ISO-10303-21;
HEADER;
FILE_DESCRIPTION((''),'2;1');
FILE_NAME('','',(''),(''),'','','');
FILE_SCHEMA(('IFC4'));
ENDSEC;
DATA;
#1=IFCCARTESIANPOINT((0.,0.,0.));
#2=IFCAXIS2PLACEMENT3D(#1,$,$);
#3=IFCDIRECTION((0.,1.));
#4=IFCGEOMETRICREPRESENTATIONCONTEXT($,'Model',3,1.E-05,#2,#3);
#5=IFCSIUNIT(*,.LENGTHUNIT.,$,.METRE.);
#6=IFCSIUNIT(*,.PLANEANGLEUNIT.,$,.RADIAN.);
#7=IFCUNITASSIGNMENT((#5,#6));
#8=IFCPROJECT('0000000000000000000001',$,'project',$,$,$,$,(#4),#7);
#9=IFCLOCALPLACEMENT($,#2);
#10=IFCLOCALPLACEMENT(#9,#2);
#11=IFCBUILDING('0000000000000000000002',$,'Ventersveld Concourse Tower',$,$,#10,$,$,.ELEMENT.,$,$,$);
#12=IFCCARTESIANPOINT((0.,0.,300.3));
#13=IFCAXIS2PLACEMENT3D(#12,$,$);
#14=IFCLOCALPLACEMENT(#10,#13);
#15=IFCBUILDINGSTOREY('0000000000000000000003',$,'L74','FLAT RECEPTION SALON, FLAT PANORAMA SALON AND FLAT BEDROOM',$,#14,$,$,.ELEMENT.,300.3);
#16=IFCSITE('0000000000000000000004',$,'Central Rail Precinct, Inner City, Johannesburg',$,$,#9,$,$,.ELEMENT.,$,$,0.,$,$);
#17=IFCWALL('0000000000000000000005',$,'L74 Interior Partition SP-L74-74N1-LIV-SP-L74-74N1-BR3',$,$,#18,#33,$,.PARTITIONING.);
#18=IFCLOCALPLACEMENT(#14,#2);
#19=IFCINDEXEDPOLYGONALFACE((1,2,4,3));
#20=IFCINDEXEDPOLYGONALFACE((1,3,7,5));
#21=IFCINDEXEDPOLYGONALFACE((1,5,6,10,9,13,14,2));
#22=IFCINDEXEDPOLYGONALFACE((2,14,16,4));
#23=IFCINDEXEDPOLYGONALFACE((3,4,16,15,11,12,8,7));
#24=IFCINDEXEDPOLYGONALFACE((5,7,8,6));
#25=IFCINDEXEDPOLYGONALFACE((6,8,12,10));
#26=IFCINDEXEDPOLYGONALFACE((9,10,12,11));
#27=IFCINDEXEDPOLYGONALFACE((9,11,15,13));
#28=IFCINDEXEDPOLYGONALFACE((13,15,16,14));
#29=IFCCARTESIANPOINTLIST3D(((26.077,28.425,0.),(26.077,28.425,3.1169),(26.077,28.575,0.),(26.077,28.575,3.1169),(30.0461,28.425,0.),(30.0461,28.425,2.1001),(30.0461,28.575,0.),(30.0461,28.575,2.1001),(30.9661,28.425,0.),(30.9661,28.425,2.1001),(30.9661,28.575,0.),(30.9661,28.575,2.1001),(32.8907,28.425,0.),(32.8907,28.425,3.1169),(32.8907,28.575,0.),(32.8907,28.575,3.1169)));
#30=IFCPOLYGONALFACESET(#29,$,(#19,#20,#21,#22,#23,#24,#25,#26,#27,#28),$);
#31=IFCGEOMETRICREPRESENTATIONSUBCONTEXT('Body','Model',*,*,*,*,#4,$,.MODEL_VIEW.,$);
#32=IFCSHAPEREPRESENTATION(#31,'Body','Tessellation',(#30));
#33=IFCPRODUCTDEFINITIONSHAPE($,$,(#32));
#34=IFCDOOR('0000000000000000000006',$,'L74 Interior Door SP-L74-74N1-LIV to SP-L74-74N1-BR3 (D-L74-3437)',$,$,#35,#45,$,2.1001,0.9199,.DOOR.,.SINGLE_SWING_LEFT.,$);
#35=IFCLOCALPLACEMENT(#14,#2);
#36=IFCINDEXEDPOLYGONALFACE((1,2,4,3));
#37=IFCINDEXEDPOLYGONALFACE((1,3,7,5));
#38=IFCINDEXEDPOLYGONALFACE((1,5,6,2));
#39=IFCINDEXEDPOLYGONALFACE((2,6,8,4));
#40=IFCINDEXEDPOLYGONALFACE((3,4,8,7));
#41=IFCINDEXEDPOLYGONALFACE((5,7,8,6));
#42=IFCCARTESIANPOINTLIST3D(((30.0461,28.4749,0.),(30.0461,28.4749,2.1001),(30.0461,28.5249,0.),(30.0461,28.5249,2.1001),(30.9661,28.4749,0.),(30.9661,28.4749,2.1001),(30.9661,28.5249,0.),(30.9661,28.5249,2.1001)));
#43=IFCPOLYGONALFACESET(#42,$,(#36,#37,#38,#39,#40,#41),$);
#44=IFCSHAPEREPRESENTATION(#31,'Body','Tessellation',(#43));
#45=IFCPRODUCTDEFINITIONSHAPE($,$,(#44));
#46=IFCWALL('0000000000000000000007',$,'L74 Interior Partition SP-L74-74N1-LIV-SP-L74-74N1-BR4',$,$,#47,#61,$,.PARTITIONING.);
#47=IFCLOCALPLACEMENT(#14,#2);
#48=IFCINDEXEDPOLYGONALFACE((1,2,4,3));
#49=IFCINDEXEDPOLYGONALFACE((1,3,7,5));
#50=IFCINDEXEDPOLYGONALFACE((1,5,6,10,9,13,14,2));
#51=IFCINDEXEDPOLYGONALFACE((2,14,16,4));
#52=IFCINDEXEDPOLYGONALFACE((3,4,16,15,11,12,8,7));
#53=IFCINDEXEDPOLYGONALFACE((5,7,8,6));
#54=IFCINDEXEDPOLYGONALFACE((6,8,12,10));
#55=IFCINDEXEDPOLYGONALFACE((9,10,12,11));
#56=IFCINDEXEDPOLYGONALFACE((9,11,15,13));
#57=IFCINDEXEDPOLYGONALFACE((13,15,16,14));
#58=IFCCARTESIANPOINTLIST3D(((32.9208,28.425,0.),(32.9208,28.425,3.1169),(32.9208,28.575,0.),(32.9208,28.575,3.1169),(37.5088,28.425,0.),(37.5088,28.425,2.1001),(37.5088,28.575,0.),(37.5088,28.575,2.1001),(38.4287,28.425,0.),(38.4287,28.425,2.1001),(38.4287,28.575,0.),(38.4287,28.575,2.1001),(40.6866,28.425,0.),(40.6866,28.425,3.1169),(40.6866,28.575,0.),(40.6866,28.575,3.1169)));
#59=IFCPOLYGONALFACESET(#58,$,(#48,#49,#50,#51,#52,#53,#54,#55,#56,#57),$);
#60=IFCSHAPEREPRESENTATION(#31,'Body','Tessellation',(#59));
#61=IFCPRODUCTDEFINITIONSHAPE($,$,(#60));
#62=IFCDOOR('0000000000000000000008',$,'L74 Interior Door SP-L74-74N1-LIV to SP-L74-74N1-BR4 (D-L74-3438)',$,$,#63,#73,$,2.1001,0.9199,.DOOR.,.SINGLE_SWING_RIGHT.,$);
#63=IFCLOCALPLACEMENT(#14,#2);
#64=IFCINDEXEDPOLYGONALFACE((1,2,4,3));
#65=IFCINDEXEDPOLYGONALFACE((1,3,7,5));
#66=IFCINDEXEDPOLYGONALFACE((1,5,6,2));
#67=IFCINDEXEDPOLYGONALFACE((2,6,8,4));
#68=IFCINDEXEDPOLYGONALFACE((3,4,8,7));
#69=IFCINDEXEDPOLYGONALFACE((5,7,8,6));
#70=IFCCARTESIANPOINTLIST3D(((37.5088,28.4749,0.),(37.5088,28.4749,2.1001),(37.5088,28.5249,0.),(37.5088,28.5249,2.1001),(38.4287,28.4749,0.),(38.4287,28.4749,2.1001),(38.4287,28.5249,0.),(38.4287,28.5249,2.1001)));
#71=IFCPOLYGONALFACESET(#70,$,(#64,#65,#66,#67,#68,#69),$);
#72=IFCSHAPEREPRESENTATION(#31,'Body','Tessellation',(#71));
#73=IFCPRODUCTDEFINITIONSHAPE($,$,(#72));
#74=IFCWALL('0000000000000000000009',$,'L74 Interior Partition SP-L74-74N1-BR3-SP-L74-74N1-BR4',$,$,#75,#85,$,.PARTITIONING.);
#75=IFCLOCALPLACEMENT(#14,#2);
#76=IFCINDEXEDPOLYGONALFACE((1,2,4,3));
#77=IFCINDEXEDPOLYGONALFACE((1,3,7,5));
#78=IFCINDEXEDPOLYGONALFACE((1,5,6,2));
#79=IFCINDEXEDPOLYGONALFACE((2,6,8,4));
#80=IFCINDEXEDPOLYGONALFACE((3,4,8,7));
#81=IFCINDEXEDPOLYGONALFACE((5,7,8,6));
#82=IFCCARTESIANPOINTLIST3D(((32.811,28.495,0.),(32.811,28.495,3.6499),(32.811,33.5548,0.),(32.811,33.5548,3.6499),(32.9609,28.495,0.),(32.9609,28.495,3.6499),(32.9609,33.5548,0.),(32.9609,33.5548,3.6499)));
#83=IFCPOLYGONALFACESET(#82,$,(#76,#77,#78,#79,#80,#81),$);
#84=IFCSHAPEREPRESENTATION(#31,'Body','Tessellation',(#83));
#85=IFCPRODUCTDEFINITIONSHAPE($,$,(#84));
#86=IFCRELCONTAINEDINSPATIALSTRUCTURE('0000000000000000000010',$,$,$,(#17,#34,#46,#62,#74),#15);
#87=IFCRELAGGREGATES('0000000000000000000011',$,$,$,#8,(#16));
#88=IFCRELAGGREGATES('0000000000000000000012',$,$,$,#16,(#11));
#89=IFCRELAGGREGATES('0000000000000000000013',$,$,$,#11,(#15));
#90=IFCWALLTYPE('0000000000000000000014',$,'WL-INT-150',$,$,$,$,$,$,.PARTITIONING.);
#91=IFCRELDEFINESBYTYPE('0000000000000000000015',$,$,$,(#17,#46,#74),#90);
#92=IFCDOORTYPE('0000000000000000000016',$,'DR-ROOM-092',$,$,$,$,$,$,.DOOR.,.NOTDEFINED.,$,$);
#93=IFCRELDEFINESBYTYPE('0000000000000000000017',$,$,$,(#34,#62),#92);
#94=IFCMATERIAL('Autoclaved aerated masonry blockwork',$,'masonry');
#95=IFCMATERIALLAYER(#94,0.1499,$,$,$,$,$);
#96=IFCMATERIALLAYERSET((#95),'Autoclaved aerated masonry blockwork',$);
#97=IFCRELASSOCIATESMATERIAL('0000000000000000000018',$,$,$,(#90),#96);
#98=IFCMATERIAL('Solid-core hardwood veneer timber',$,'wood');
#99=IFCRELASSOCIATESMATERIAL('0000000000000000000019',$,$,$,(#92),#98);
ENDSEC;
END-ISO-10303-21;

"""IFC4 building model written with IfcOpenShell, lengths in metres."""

from ifc_helpers import new_model, si_unit, direction, frame, frame_2d, origin, place, context, subcontext, project, spatial, rectangle, extrude, material, layer, layer_set, type_object, element, fill, save


model = new_model("IFC4")

# Units and contexts
model_context = context("Model", 3, precision=1e-05, world=origin(), true_north=direction((0.0, 1.0)))
body_context = subcontext(model_context, "Body", "Model", "MODEL_VIEW")
ifc_project = project(units=[si_unit("LENGTHUNIT", "METRE"), si_unit("PLANEANGLEUNIT", "RADIAN")], contexts=[model_context])

# Site, building, storey
site_placement = place(None, origin())
site = spatial("IfcSite", under=ifc_project, at=site_placement, Name="Central Rail Precinct, Inner City, Johannesburg", CompositionType="ELEMENT", RefElevation=0.0)
building_placement = place(site_placement, origin())
building = spatial("IfcBuilding", under=site, at=building_placement, Name="Ventersveld Concourse Tower", CompositionType="ELEMENT")
storey_placement = place(building_placement, frame((0.0, 0.0, 300.3)))
storey = spatial("IfcBuildingStorey", under=building, at=storey_placement, Name="L74", Description="FLAT RECEPTION SALON, FLAT PANORAMA SALON AND FLAT BEDROOM", CompositionType="ELEMENT", Elevation=300.3)

# Shared definitions
ifc_material_1 = material(Name="Solid-core hardwood veneer timber", Category="wood")

# Shared definitions
ifc_material_2 = material(Name="Autoclaved aerated masonry blockwork", Category="masonry")
ifc_layer_1 = layer(ifc_material_2, 0.1499)
ifc_layer_set_1 = layer_set([ifc_layer_1], Name="Autoclaved aerated masonry blockwork")
wall_type_1 = type_object("IfcWallType", Name="WL-INT-150", PredefinedType="PARTITIONING", material=ifc_layer_set_1)

# Shared definitions
door_type_1 = type_object("IfcDoorType", Name="DR-ROOM-092", OperationType="NOTDEFINED", PredefinedType="DOOR", material=ifc_material_1)

# Walls, openings, doors
wall_1_placement = place(storey_placement, frame((26.0771, 28.5, 0.0), z_axis=(0.0, 0.0, 1.0), x_axis=(1.0, 0.0, 0.0)))
wall_1 = element("IfcWall", 1, at=wall_1_placement, inside=storey, type_object=wall_type_1, Name="L74 Interior Partition SP-L74-74N1-LIV-SP-L74-74N1-BR3", PredefinedType="PARTITIONING", context=body_context, shape_type="SweptSolid", body=[
    extrude(rectangle(XDim=6.8137, YDim=0.1499, at=frame_2d((3.4067, 0.0))), origin(), (0.0, 0.0, 1.0), 3.1169),
])
opening_1_placement = place(wall_1_placement, frame((3.969, 0.0, 0.0)))
opening_1 = element("IfcOpeningElement", 2, at=opening_1_placement, cuts=wall_1, PredefinedType="OPENING", context=body_context, shape_type="SweptSolid", body=[
    extrude(rectangle(XDim=0.9199, YDim=2.1001, at=frame_2d((0.46, 1.05))), frame((0.0, 0.085, 0.0), z_axis=(0.0, -1.0, 0.0), x_axis=(1.0, 0.0, 0.0)), (0.0, 0.0, 1.0), 0.1699),
])
door_1_placement = place(opening_1_placement, origin())
door_1 = element("IfcDoor", 3, at=door_1_placement, inside=storey, type_object=door_type_1, Name="L74 Interior Door SP-L74-74N1-LIV to SP-L74-74N1-BR3 (D-L74-3437)", OperationType="SINGLE_SWING_LEFT", OverallHeight=2.1001, OverallWidth=0.9199, PredefinedType="DOOR", context=body_context, shape_type="SweptSolid", body=[
    extrude(rectangle(XDim=0.9199, YDim=2.1001, at=frame_2d((0.46, 1.05))), frame((0.0, 0.0249, 0.0), z_axis=(0.0, -1.0, 0.0), x_axis=(1.0, 0.0, 0.0)), (0.0, 0.0, 1.0), 0.05),
])
fill(opening_1, door_1)
wall_2_placement = place(storey_placement, frame((32.9209, 28.5, 0.0), z_axis=(0.0, 0.0, 1.0), x_axis=(1.0, 0.0, 0.0)))
wall_2 = element("IfcWall", 4, at=wall_2_placement, inside=storey, type_object=wall_type_1, Name="L74 Interior Partition SP-L74-74N1-LIV-SP-L74-74N1-BR4", PredefinedType="PARTITIONING", context=body_context, shape_type="SweptSolid", body=[
    extrude(rectangle(XDim=7.7659, YDim=0.1499, at=frame_2d((3.8828, 0.0))), origin(), (0.0, 0.0, 1.0), 3.1169),
])
opening_2_placement = place(wall_2_placement, frame((4.5879, 0.0, 0.0)))
opening_2 = element("IfcOpeningElement", 5, at=opening_2_placement, cuts=wall_2, PredefinedType="OPENING", context=body_context, shape_type="SweptSolid", body=[
    extrude(rectangle(XDim=0.9199, YDim=2.1001, at=frame_2d((0.46, 1.05))), frame((0.0, 0.085, 0.0), z_axis=(0.0, -1.0, 0.0), x_axis=(1.0, 0.0, 0.0)), (0.0, 0.0, 1.0), 0.1699),
])
door_2_placement = place(opening_2_placement, origin())
door_2 = element("IfcDoor", 6, at=door_2_placement, inside=storey, type_object=door_type_1, Name="L74 Interior Door SP-L74-74N1-LIV to SP-L74-74N1-BR4 (D-L74-3438)", OperationType="SINGLE_SWING_RIGHT", OverallHeight=2.1001, OverallWidth=0.9199, PredefinedType="DOOR", context=body_context, shape_type="SweptSolid", body=[
    extrude(rectangle(XDim=0.9199, YDim=2.1001, at=frame_2d((0.46, 1.05))), frame((0.0, 0.0249, 0.0), z_axis=(0.0, -1.0, 0.0), x_axis=(1.0, 0.0, 0.0)), (0.0, 0.0, 1.0), 0.05),
])
fill(opening_2, door_2)

# Wall
wall_3_placement = place(storey_placement, frame((32.886, 28.4951, 0.0), z_axis=(0.0, 0.0, 1.0), x_axis=(0.0, 1.0, 0.0)))
element("IfcWall", 7, at=wall_3_placement, inside=storey, type_object=wall_type_1, Name="L74 Interior Partition SP-L74-74N1-BR3-SP-L74-74N1-BR4", PredefinedType="PARTITIONING", context=body_context, shape_type="SweptSolid", body=[
    extrude(rectangle(XDim=5.0598, YDim=0.1499, at=frame_2d((2.5298, 0.0))), origin(), (0.0, 0.0, 1.0), 3.6499),
])

save(model, "model.ifc")
